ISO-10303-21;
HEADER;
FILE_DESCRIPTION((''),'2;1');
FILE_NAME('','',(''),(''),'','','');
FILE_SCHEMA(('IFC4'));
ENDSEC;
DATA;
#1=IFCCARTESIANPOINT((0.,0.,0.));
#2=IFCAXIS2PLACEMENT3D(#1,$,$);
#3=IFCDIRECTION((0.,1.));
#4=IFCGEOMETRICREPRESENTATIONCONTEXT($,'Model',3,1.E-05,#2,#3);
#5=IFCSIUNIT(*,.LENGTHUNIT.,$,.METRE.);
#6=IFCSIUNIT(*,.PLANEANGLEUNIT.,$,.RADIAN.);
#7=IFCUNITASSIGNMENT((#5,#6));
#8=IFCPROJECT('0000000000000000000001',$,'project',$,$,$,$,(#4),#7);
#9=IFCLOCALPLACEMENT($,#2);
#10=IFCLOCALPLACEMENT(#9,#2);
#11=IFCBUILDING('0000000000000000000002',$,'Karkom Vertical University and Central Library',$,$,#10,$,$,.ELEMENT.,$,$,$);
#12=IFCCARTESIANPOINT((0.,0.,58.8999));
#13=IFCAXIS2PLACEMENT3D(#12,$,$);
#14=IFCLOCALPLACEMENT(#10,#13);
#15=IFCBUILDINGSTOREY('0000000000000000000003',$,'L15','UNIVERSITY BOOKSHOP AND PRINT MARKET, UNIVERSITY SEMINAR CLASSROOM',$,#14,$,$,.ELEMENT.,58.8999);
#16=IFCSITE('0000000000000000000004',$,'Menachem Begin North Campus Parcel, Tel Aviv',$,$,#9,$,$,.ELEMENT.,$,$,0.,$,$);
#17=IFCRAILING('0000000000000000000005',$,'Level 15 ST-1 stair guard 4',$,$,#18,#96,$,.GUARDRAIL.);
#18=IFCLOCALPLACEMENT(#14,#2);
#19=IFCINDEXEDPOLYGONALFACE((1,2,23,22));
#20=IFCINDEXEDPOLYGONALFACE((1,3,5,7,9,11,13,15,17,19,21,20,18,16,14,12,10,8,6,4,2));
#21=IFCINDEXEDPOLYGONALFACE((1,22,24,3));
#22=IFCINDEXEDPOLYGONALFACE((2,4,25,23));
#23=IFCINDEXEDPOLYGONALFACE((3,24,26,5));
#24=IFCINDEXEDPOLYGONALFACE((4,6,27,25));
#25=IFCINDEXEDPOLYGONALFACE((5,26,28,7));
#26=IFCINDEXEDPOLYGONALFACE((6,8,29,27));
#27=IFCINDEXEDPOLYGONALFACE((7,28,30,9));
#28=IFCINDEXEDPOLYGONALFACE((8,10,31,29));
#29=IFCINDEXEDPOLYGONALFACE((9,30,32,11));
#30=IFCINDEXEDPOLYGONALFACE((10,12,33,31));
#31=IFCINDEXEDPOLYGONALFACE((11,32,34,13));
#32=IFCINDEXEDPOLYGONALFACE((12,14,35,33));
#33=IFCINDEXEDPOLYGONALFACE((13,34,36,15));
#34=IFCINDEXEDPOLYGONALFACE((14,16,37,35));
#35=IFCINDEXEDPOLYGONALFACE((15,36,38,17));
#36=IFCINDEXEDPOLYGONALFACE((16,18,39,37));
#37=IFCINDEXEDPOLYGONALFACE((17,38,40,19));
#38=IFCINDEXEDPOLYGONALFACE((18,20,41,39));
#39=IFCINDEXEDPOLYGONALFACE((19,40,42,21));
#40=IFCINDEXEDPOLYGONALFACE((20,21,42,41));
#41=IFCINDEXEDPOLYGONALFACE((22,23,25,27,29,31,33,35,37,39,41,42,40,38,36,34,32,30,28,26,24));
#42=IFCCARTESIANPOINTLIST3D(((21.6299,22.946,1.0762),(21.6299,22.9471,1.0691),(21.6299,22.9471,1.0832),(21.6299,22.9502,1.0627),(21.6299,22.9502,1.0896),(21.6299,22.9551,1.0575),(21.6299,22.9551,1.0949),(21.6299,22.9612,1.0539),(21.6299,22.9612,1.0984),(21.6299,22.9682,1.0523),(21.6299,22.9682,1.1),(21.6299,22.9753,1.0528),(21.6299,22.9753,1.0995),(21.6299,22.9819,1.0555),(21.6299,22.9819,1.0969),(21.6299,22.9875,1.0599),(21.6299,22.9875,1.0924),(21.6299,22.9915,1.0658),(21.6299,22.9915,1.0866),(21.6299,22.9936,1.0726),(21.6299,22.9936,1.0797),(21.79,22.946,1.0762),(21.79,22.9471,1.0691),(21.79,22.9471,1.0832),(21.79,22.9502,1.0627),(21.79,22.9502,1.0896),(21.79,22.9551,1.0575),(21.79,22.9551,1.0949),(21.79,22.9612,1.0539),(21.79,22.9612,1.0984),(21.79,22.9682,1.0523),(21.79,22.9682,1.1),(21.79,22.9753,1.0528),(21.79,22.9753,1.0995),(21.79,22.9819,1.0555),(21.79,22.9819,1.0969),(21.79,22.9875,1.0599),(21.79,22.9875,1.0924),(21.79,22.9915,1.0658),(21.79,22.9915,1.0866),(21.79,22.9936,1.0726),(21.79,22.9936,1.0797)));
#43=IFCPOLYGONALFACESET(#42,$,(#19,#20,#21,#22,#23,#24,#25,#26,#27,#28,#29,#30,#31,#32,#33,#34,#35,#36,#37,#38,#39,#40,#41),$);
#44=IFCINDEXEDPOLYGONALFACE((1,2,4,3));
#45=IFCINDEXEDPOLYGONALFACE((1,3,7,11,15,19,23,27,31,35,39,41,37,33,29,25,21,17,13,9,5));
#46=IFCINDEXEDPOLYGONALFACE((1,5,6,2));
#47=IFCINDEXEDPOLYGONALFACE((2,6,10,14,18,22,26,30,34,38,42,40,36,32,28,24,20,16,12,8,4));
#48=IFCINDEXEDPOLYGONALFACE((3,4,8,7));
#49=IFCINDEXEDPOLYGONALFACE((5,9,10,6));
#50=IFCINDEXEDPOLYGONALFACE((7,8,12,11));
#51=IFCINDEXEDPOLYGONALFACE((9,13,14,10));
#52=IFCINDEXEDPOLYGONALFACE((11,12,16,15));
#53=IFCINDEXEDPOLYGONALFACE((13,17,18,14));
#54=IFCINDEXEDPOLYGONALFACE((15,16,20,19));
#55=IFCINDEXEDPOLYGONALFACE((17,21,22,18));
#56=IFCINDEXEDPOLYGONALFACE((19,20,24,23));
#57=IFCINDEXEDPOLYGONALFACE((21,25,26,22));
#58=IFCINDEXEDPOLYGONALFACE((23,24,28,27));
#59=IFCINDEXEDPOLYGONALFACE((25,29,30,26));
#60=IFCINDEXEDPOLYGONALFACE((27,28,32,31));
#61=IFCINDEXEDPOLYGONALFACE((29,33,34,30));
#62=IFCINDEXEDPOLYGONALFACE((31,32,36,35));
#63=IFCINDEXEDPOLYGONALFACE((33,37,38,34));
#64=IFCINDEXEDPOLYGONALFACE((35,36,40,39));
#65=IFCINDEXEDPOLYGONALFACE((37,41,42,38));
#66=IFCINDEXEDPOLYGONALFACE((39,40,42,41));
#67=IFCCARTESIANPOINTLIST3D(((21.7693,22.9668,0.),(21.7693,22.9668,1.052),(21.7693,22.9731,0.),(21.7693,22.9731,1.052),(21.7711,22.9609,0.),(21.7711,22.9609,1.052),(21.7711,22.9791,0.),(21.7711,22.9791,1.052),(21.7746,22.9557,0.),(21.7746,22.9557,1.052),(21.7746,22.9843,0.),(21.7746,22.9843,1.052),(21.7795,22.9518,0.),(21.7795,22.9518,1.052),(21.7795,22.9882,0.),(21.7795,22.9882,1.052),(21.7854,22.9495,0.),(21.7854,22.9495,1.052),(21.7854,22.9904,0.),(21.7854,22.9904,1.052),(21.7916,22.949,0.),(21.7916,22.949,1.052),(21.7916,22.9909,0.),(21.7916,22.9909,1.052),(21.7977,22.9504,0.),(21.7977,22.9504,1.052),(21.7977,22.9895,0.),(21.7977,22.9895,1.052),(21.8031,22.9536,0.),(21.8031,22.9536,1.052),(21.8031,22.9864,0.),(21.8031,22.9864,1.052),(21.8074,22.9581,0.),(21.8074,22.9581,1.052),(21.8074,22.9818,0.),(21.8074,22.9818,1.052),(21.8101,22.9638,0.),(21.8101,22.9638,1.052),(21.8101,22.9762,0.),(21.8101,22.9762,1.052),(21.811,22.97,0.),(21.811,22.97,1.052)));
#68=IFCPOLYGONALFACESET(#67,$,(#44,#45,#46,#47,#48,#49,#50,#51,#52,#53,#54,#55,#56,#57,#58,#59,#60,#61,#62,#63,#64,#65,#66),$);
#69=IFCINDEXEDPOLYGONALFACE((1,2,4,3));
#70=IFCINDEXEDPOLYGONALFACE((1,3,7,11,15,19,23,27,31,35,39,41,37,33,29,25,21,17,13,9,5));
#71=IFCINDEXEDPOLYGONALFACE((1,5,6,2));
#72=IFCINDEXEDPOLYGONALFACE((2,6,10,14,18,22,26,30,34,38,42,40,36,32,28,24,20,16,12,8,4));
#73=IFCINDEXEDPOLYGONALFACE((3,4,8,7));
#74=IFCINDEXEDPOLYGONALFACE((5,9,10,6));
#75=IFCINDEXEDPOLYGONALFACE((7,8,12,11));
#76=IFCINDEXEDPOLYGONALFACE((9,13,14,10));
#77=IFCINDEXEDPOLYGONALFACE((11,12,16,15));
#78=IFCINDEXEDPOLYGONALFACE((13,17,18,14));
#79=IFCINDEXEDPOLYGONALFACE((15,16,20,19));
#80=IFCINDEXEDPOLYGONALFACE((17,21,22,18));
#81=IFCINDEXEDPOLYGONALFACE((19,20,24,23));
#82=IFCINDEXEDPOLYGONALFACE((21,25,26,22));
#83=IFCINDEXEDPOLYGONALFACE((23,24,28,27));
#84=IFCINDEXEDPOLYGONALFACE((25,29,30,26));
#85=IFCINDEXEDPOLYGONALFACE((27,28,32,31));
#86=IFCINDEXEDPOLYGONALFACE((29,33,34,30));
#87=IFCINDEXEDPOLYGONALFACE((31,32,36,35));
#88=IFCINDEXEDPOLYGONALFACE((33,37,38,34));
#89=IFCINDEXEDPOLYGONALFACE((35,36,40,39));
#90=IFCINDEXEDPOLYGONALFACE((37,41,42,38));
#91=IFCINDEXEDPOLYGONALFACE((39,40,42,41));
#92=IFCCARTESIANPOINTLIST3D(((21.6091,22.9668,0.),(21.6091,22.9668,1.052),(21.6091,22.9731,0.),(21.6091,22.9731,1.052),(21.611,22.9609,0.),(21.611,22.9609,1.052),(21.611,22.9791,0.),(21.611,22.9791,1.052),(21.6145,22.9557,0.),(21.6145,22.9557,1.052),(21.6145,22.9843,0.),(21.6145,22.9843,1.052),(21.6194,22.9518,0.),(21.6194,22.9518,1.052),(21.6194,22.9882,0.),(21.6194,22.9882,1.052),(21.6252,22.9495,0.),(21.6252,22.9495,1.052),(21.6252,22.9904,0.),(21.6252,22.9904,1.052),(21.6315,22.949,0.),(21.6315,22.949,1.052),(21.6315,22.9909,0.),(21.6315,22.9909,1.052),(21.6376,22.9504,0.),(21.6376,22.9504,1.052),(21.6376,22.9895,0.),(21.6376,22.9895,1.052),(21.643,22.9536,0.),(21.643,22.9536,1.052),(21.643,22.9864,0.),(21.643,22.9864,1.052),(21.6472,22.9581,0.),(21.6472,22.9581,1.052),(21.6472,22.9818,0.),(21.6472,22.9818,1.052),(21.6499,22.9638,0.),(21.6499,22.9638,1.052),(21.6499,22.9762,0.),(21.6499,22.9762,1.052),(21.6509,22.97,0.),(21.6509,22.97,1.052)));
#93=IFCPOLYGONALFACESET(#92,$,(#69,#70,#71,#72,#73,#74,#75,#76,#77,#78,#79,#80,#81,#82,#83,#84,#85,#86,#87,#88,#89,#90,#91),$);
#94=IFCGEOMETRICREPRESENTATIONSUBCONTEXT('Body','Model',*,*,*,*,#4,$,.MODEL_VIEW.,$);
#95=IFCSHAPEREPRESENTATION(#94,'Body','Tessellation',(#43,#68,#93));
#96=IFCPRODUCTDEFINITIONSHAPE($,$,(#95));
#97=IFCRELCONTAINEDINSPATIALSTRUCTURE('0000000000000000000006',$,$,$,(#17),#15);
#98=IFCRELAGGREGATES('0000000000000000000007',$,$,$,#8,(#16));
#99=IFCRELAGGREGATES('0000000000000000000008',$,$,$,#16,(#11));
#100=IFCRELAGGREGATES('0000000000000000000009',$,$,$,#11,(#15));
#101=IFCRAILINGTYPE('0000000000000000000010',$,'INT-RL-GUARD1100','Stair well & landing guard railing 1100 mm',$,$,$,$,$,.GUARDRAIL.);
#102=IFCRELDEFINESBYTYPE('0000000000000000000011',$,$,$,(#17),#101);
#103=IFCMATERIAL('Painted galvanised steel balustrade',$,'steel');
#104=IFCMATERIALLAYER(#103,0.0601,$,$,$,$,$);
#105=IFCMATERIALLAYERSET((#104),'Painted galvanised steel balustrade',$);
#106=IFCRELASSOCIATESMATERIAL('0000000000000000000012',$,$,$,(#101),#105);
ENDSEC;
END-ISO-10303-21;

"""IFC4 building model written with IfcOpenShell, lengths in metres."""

from ifc_helpers import new_model, si_unit, direction, frame, origin, origin_2d, place, context, subcontext, project, spatial, circle, extrude, material, layer, layer_set, type_object, element, save


model = new_model("IFC4")

# Units and contexts
model_context = context("Model", 3, precision=1e-05, world=origin(), true_north=direction((0.0, 1.0)))
body_context = subcontext(model_context, "Body", "Model", "MODEL_VIEW")
ifc_project = project(units=[si_unit("LENGTHUNIT", "METRE"), si_unit("PLANEANGLEUNIT", "RADIAN")], contexts=[model_context])

# Site, building, storey
site_placement = place(None, origin())
site = spatial("IfcSite", under=ifc_project, at=site_placement, Name="Menachem Begin North Campus Parcel, Tel Aviv", CompositionType="ELEMENT", RefElevation=0.0)
building_placement = place(site_placement, origin())
building = spatial("IfcBuilding", under=site, at=building_placement, Name="Karkom Vertical University and Central Library", CompositionType="ELEMENT")
storey_placement = place(building_placement, frame((0.0, 0.0, 58.8999)))
storey = spatial("IfcBuildingStorey", under=building, at=storey_placement, Name="L15", Description="UNIVERSITY BOOKSHOP AND PRINT MARKET, UNIVERSITY SEMINAR CLASSROOM", CompositionType="ELEMENT", Elevation=58.8999)

# Railing
ifc_material_1 = material(Name="Painted galvanised steel balustrade", Category="steel")
ifc_layer_1 = layer(ifc_material_1, 0.0601)
ifc_layer_set_1 = layer_set([ifc_layer_1], Name="Painted galvanised steel balustrade")
railing_type_1 = type_object("IfcRailingType", Name="INT-RL-GUARD1100", Description="Stair well & landing guard railing 1100 mm", PredefinedType="GUARDRAIL", material=ifc_layer_set_1)
railing_1_placement = place(storey_placement, frame((21.79, 22.97, 0.0)))
element("IfcRailing", 1, at=railing_1_placement, inside=storey, type_object=railing_type_1, Name="Level 15 ST-1 stair guard 4", PredefinedType="GUARDRAIL", context=body_context, shape_type="SweptSolid", body=[
    extrude(circle(Radius=0.0239, at=origin_2d()), frame((0.0, 0.0, 1.0762), z_axis=(-1.0, 0.0, 0.0), x_axis=(0.0, -1.0, 0.0)), (0.0, 0.0, 1.0), 0.1602),
    extrude(circle(Radius=0.021, at=origin_2d()), origin(), (0.0, 0.0, 1.0), 1.052),
    extrude(circle(Radius=0.021, at=origin_2d()), frame((-0.1602, 0.0, 0.0)), (0.0, 0.0, 1.0), 1.052),
])

save(model, "model.ifc")
